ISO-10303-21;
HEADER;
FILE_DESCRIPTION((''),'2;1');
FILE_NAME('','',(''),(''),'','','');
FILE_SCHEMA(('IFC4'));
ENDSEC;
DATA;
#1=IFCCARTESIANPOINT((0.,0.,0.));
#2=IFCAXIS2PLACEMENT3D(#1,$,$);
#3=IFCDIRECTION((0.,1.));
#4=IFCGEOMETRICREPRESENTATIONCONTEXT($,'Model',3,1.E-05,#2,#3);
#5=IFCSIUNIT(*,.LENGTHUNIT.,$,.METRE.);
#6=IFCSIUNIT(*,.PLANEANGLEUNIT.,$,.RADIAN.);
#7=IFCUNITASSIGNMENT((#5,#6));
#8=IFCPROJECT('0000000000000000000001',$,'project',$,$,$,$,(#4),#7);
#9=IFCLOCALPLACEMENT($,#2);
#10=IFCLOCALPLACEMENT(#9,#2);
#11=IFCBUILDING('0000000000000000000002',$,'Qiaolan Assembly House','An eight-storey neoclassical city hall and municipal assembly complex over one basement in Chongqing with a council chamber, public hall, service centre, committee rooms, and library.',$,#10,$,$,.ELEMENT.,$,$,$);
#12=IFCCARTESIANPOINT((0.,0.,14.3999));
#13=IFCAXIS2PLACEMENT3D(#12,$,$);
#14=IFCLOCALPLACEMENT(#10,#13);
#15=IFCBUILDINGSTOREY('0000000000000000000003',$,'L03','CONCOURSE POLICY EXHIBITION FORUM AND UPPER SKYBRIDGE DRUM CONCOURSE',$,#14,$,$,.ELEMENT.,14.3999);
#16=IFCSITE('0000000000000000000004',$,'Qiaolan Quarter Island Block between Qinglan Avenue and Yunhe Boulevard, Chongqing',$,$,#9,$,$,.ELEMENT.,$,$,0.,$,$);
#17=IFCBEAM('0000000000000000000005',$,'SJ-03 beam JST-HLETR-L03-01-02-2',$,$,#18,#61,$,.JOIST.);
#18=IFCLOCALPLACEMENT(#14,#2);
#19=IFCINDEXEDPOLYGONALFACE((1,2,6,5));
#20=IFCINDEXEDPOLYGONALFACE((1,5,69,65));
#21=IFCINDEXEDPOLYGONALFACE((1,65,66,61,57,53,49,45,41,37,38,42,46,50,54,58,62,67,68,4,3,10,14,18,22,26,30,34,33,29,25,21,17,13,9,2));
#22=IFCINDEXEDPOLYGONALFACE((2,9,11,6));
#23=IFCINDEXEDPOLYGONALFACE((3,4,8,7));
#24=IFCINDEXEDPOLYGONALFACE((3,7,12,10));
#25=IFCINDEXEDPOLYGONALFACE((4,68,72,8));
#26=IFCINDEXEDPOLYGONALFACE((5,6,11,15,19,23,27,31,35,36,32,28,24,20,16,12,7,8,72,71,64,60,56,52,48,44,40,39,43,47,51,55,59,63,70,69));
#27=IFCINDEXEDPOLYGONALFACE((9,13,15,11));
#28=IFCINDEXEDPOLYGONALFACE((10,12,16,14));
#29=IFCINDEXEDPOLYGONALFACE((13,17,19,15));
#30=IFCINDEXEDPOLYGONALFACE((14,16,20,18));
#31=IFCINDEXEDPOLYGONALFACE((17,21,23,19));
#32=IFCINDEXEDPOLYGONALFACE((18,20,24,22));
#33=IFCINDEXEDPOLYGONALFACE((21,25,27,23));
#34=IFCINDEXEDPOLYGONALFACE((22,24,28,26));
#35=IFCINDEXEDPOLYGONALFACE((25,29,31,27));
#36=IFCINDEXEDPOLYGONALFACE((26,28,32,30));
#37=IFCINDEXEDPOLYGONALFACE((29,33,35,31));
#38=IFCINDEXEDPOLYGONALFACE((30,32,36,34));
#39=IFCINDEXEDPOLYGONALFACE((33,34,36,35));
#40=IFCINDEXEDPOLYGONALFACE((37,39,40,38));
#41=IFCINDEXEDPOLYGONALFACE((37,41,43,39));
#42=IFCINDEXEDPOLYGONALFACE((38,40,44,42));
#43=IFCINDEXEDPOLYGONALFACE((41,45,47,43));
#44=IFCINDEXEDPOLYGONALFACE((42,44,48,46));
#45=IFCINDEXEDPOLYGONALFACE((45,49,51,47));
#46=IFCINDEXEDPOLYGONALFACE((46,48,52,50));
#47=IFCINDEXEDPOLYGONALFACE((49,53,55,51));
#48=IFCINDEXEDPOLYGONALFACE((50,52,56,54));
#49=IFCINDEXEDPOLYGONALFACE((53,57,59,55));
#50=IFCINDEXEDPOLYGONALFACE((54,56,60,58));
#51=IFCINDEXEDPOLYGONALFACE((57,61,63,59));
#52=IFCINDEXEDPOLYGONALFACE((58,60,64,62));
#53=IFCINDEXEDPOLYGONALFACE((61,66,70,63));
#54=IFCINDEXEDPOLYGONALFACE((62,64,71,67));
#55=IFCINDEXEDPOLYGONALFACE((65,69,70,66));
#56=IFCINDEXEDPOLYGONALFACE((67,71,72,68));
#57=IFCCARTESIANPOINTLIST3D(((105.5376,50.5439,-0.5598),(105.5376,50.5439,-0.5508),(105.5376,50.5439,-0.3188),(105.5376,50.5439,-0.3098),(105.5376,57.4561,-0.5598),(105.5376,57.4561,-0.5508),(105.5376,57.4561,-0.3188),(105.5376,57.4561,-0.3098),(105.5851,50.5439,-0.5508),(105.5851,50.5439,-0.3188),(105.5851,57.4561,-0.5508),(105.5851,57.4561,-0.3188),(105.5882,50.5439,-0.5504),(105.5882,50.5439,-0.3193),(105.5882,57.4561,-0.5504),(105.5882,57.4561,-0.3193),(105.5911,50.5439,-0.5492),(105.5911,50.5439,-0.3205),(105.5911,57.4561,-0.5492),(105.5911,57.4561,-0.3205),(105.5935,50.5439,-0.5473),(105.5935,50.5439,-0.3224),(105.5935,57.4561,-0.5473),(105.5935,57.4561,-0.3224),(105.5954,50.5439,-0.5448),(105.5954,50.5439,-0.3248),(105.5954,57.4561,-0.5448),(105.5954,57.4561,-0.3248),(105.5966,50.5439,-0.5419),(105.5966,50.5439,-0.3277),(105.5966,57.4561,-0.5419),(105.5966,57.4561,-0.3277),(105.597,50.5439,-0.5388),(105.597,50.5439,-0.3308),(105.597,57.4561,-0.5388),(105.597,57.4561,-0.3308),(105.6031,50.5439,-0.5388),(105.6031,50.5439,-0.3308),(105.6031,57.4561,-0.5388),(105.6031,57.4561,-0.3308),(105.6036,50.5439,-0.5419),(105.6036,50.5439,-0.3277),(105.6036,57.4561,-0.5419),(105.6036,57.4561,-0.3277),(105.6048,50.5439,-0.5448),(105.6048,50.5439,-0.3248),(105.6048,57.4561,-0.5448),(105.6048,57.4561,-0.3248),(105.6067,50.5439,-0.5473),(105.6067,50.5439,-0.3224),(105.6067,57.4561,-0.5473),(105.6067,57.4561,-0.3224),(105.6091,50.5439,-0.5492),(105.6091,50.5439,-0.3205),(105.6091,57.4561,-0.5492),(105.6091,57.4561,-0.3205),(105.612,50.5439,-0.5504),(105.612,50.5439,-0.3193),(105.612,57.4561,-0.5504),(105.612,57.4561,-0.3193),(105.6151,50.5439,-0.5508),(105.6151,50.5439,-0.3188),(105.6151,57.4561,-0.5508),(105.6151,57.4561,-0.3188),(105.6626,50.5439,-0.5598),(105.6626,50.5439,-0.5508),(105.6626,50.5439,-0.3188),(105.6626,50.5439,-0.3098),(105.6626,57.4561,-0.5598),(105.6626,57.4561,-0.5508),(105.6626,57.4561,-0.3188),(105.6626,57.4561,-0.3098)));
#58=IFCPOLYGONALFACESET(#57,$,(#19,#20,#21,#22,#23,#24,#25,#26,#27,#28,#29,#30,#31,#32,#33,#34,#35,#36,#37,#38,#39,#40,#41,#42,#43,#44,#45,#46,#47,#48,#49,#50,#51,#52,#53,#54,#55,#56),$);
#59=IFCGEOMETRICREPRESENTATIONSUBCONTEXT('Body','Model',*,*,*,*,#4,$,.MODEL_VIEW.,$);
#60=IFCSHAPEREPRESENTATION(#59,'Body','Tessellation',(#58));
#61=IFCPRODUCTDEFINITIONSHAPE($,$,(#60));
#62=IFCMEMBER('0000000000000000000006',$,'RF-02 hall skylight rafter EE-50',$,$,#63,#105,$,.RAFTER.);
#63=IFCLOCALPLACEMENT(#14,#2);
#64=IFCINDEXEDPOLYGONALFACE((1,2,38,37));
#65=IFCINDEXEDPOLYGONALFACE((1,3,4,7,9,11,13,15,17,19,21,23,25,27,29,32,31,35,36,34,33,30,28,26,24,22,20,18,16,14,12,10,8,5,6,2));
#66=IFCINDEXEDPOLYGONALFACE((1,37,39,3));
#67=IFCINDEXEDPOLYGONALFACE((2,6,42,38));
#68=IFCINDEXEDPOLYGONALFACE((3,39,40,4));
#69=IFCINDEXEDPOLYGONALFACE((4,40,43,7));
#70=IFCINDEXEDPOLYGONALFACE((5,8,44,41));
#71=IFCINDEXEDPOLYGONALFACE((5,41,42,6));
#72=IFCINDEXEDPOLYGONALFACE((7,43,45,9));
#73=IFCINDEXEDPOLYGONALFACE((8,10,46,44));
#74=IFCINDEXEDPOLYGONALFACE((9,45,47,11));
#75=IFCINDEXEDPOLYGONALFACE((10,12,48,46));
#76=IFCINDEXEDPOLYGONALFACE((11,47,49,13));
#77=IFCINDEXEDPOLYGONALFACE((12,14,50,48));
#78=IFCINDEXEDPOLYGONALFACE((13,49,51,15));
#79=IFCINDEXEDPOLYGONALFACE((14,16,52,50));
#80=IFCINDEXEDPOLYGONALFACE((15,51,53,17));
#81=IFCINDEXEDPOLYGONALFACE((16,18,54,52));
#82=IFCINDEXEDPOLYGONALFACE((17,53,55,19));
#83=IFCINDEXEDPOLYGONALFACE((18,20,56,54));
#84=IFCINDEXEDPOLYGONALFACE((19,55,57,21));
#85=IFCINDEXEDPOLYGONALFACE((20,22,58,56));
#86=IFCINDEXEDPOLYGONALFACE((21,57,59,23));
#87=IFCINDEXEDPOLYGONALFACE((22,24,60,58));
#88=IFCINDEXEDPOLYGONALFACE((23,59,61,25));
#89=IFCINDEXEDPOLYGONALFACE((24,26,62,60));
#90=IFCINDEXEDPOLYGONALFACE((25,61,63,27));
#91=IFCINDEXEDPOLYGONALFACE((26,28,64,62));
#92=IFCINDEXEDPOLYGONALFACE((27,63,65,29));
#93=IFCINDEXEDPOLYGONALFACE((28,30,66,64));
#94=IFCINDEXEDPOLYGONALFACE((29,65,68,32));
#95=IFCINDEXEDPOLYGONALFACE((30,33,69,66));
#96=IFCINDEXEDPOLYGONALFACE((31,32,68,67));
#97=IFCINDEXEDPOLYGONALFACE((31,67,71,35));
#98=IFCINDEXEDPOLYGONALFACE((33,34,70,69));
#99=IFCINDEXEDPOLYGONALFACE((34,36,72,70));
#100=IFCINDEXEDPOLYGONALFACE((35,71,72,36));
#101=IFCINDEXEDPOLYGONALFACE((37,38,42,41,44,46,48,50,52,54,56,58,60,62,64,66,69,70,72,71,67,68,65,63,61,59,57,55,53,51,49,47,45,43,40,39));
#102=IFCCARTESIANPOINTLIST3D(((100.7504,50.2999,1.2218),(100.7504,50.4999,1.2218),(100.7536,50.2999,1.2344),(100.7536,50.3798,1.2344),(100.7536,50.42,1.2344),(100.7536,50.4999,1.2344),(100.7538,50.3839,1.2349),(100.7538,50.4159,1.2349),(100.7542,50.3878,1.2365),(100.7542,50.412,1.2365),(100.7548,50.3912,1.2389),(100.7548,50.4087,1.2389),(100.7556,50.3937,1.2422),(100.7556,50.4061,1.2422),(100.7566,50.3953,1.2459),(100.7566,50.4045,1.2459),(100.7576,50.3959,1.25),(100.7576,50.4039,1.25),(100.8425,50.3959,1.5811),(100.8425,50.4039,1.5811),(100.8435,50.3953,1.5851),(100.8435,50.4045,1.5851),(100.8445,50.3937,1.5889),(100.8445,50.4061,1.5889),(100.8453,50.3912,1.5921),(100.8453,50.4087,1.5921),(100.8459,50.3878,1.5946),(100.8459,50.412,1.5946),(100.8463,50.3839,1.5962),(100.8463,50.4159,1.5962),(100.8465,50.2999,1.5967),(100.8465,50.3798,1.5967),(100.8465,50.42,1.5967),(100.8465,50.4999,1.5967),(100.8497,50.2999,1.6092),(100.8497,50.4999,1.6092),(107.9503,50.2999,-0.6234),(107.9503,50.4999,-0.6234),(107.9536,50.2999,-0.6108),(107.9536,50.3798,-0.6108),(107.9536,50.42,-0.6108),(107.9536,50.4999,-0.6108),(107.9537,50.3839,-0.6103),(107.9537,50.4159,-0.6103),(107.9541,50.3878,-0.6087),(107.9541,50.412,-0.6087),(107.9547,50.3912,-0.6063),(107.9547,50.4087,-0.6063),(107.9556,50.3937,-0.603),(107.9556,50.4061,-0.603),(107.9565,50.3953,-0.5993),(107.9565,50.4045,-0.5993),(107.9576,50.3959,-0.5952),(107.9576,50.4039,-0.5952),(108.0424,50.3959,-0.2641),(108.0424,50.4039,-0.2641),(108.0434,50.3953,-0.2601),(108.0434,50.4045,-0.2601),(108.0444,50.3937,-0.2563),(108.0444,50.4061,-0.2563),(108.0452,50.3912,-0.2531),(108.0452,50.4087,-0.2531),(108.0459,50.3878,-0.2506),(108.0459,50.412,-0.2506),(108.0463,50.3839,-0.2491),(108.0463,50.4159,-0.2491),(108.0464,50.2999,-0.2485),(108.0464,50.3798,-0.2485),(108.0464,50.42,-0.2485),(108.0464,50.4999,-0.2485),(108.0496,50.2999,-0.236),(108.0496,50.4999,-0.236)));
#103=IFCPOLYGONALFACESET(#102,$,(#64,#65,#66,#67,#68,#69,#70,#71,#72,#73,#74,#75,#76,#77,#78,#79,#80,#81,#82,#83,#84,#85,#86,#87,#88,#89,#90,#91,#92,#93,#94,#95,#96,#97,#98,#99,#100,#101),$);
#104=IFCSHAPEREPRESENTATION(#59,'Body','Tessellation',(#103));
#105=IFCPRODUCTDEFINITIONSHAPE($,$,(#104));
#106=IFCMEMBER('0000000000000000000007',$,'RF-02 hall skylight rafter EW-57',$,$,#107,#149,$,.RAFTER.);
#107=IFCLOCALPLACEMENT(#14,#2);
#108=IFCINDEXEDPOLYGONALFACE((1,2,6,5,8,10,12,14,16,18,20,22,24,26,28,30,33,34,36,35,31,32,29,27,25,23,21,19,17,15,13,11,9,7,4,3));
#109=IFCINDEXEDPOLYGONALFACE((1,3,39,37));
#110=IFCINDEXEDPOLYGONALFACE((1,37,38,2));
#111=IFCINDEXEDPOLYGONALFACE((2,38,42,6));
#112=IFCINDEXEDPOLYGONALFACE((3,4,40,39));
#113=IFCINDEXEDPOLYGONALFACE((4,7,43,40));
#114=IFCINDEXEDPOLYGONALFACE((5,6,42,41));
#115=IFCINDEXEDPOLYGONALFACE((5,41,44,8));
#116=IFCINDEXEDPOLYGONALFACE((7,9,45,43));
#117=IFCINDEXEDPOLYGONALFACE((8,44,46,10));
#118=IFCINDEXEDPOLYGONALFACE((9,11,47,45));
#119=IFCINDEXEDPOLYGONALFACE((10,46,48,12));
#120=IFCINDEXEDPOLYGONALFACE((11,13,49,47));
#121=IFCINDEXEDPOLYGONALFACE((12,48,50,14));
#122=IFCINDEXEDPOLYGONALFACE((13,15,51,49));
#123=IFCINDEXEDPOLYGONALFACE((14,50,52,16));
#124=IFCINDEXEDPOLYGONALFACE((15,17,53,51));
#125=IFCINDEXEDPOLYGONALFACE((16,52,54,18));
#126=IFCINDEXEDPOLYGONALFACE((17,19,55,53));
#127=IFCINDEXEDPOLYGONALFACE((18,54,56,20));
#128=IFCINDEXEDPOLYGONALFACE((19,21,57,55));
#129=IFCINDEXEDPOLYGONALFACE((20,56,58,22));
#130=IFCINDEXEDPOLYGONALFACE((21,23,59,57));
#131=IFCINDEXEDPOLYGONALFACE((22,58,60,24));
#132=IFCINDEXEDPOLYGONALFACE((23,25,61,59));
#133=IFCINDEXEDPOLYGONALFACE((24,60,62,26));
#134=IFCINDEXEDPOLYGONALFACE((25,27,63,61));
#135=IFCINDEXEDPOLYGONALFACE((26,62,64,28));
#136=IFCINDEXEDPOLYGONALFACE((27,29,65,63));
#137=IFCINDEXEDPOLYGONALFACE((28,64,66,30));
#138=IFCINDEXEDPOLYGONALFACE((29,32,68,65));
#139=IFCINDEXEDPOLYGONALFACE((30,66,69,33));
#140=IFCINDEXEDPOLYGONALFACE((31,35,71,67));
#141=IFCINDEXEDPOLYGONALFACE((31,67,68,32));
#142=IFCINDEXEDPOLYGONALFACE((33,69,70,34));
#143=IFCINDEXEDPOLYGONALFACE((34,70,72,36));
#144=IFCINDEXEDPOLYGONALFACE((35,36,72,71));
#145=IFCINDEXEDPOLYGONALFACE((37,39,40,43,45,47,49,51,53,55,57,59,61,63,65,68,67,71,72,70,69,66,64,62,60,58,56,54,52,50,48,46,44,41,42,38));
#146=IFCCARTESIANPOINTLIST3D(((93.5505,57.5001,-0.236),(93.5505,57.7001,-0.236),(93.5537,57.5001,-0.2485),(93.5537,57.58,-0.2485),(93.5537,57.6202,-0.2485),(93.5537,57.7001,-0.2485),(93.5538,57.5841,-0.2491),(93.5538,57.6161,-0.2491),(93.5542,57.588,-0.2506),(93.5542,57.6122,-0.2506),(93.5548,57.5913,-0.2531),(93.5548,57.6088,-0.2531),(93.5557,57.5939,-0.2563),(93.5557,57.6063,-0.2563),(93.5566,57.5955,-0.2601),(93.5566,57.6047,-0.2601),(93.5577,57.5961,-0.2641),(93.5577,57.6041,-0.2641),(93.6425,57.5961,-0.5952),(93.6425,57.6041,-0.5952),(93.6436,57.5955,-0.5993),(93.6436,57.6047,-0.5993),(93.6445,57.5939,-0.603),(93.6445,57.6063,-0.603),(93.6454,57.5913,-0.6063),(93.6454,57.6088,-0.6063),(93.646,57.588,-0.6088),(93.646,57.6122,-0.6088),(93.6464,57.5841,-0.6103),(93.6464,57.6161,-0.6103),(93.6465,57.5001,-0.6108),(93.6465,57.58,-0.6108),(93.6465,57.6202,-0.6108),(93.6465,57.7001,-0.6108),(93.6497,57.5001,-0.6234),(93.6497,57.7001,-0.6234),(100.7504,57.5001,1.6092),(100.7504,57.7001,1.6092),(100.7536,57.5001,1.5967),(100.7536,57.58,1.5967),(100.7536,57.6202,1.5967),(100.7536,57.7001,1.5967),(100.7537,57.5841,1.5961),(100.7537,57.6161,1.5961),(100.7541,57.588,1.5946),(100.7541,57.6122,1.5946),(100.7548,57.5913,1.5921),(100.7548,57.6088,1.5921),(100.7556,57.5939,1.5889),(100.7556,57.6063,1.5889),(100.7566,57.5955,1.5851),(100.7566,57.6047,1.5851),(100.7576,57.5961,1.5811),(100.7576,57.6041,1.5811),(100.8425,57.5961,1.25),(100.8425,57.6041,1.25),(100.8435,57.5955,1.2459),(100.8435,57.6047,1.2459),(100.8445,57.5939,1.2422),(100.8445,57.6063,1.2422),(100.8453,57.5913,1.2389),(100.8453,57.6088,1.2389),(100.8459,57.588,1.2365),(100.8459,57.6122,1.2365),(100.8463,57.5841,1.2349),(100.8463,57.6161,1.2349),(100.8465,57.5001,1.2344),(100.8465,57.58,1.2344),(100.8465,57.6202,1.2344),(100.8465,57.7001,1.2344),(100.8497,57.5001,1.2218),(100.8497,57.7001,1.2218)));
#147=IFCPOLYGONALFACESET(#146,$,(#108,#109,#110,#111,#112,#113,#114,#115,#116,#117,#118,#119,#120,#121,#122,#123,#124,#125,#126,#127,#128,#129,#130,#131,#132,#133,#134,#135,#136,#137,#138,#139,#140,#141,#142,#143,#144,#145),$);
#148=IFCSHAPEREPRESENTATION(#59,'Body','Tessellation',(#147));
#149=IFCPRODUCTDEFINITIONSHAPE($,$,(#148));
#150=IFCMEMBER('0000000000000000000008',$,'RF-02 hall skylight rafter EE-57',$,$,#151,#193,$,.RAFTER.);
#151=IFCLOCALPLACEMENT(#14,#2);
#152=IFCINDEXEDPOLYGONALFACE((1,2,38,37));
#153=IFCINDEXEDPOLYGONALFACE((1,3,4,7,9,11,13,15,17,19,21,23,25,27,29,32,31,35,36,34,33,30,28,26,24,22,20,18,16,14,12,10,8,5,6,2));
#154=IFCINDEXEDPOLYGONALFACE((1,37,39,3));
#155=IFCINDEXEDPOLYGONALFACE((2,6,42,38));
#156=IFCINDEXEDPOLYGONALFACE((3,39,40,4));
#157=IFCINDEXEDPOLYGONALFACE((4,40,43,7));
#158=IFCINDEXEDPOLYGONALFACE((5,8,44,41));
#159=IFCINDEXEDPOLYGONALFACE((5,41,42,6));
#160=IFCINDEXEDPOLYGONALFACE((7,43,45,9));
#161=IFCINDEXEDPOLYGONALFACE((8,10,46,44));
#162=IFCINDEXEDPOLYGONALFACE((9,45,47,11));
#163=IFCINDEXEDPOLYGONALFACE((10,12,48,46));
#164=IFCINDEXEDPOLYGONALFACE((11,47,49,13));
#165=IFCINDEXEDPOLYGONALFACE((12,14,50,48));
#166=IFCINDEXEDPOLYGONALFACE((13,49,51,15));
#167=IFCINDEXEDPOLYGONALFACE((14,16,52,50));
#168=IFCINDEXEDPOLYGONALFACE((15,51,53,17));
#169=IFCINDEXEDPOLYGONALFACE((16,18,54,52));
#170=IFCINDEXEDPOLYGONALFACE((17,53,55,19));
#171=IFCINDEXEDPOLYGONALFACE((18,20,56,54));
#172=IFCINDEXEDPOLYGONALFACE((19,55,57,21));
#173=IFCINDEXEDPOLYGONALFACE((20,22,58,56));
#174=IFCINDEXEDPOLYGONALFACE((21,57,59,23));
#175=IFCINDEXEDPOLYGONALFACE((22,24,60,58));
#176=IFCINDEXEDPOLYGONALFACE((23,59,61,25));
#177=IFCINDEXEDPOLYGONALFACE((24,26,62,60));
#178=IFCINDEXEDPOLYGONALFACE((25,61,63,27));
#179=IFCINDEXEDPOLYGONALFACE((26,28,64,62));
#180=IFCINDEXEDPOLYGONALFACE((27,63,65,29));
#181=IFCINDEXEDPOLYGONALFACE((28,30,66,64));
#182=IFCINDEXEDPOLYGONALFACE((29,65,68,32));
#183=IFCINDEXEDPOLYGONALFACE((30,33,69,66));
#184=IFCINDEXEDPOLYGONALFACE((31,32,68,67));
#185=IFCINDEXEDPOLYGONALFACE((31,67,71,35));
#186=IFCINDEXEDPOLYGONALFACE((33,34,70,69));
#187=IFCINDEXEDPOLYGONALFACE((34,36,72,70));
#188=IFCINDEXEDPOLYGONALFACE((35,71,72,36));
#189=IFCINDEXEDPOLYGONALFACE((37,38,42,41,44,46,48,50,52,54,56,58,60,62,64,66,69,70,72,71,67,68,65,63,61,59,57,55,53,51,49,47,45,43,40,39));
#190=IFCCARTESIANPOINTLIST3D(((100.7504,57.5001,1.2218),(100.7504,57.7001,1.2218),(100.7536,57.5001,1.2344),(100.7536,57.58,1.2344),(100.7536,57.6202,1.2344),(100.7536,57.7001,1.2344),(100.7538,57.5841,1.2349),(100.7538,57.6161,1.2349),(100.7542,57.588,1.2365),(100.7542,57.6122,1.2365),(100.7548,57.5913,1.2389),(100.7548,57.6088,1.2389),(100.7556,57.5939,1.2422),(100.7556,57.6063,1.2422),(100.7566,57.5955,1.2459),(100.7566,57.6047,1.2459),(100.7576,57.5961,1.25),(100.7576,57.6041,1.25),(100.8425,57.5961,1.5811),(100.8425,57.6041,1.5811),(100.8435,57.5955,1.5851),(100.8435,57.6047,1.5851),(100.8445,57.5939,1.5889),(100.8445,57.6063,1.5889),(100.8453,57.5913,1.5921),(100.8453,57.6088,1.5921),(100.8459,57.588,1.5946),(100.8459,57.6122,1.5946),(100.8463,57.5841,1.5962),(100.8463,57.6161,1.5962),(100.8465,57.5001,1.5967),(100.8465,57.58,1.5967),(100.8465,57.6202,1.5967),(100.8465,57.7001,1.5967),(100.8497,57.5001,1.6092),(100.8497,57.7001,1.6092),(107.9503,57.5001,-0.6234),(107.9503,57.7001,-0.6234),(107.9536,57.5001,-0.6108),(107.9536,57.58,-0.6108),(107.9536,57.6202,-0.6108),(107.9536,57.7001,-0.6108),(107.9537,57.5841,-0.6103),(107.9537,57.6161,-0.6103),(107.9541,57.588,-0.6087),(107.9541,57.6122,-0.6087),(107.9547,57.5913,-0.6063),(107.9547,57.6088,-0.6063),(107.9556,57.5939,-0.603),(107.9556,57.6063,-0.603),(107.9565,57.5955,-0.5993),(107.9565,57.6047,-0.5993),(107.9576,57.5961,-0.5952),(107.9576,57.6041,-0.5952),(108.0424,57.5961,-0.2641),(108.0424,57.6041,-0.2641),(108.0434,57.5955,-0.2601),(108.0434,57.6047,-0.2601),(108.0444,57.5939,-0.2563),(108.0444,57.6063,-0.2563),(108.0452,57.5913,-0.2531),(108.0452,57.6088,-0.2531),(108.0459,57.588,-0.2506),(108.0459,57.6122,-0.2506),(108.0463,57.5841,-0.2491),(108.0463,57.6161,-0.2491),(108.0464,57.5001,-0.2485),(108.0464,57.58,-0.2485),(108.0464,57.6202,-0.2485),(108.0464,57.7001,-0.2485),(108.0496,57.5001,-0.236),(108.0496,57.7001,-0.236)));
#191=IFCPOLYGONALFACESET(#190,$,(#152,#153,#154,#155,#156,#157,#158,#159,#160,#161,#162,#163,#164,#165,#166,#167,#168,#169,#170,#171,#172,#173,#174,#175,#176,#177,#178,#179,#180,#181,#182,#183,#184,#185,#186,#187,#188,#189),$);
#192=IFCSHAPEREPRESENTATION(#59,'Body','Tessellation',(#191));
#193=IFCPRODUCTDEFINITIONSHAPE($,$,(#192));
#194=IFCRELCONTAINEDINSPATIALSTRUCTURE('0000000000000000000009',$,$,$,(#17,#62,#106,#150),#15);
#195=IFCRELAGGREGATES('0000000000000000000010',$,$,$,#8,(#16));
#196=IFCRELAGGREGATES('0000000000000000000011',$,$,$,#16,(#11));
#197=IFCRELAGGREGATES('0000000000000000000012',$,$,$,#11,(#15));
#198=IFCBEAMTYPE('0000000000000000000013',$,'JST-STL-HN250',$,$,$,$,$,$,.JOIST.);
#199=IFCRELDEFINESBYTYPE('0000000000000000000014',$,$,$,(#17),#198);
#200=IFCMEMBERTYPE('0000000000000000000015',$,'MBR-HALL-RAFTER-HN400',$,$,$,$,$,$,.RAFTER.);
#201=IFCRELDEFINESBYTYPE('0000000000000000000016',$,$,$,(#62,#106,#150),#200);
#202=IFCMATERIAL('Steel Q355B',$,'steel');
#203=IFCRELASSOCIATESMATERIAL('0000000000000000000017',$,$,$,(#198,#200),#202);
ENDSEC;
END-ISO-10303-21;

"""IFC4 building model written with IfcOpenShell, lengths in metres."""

from ifc_helpers import new_model, si_unit, direction, frame, origin, origin_2d, place, context, subcontext, project, spatial, i_section, extrude, material, material_profile, profile_set, type_object, element, save


model = new_model("IFC4")

# Units and contexts
model_context = context("Model", 3, precision=1e-05, world=origin(), true_north=direction((0.0, 1.0)))
body_context = subcontext(model_context, "Body", "Model", "MODEL_VIEW")
ifc_project = project(units=[si_unit("LENGTHUNIT", "METRE"), si_unit("PLANEANGLEUNIT", "RADIAN")], contexts=[model_context])

# Site, building, storey
site_placement = place(None, origin())
site = spatial("IfcSite", under=ifc_project, at=site_placement, Name="Qiaolan Quarter Island Block between Qinglan Avenue and Yunhe Boulevard, Chongqing", CompositionType="ELEMENT", RefElevation=0.0)
building_placement = place(site_placement, origin())
building = spatial("IfcBuilding", under=site, at=building_placement, Name="Qiaolan Assembly House", Description="An eight-storey neoclassical city hall and municipal assembly complex over one basement in Chongqing with a council chamber, public hall, service centre, committee rooms, and library.", CompositionType="ELEMENT")
storey_placement = place(building_placement, frame((0.0, 0.0, 14.3999)))
storey = spatial("IfcBuildingStorey", under=building, at=storey_placement, Name="L03", Description="CONCOURSE POLICY EXHIBITION FORUM AND UPPER SKYBRIDGE DRUM CONCOURSE", CompositionType="ELEMENT", Elevation=14.3999)

# Shared definitions
ifc_material_1 = material(Name="Steel Q355B", Category="steel")

# Beam
ifc_material_profile_1 = material_profile(ifc_material_1, i_section(OverallWidth=0.125, OverallDepth=0.25, WebThickness=0.0061, FlangeThickness=0.009, FilletRadius=0.012, at=origin_2d()), Name="HN 250x125x6x9")
ifc_profile_set_1 = profile_set([ifc_material_profile_1], Name="Steel Q355B")
beam_type_1 = type_object("IfcBeamType", Name="JST-STL-HN250", PredefinedType="JOIST", material=ifc_profile_set_1)
for number, where, z_axis, x_axis, name in (
    (1, (105.6001, 50.5439, -0.4348), (0.0, 1.0, 0.0), (-1.0, 0.0, 0.0), "SJ-03 beam JST-HLETR-L03-01-02-2"),
):
    element("IfcBeam", number, at=place(storey_placement, frame(where, z_axis=z_axis, x_axis=x_axis)), inside=storey, type_object=beam_type_1, Name=name, PredefinedType="JOIST", context=body_context, shape_type="SweptSolid", body=[
        extrude(i_section(OverallWidth=0.125, OverallDepth=0.25, WebThickness=0.0061, FlangeThickness=0.009, FilletRadius=0.012, at=origin_2d()), origin(), (0.0, 0.0, 1.0), 6.9121),
    ])

# Members
ifc_material_profile_2 = material_profile(ifc_material_1, i_section(OverallWidth=0.2, OverallDepth=0.3999, WebThickness=0.0081, FlangeThickness=0.0129, FilletRadius=0.0161, at=origin_2d()), Name="HN 400x200x8x13-RF")
ifc_profile_set_2 = profile_set([ifc_material_profile_2], Name="Steel Q355B")
member_type_1 = type_object("IfcMemberType", Name="MBR-HALL-RAFTER-HN400", PredefinedType="RAFTER", material=ifc_profile_set_2)
for number, where, z_axis, x_axis, name in (
    (2, (100.8, 50.3999, 1.4155), (0.968694, 0.0, -0.248258), (0.0, 1.0, 0.0), "RF-02 hall skylight rafter EE-50"),
    (3, (93.6001, 57.6001, -0.4297), (0.968694, 0.0, 0.248258), (0.0, 1.0, 0.0), "RF-02 hall skylight rafter EW-57"),
    (4, (100.8, 57.6001, 1.4155), (0.968694, 0.0, -0.248258), (0.0, 1.0, 0.0), "RF-02 hall skylight rafter EE-57"),
):
    element("IfcMember", number, at=place(storey_placement, frame(where, z_axis=z_axis, x_axis=x_axis)), inside=storey, type_object=member_type_1, Name=name, PredefinedType="RAFTER", context=body_context, shape_type="SweptSolid", body=[
        extrude(i_section(OverallWidth=0.2, OverallDepth=0.3999, WebThickness=0.0081, FlangeThickness=0.0129, FilletRadius=0.0161, at=origin_2d()), origin(), (0.0, 0.0, 1.0), 7.4326),
    ])

save(model, "model.ifc")
